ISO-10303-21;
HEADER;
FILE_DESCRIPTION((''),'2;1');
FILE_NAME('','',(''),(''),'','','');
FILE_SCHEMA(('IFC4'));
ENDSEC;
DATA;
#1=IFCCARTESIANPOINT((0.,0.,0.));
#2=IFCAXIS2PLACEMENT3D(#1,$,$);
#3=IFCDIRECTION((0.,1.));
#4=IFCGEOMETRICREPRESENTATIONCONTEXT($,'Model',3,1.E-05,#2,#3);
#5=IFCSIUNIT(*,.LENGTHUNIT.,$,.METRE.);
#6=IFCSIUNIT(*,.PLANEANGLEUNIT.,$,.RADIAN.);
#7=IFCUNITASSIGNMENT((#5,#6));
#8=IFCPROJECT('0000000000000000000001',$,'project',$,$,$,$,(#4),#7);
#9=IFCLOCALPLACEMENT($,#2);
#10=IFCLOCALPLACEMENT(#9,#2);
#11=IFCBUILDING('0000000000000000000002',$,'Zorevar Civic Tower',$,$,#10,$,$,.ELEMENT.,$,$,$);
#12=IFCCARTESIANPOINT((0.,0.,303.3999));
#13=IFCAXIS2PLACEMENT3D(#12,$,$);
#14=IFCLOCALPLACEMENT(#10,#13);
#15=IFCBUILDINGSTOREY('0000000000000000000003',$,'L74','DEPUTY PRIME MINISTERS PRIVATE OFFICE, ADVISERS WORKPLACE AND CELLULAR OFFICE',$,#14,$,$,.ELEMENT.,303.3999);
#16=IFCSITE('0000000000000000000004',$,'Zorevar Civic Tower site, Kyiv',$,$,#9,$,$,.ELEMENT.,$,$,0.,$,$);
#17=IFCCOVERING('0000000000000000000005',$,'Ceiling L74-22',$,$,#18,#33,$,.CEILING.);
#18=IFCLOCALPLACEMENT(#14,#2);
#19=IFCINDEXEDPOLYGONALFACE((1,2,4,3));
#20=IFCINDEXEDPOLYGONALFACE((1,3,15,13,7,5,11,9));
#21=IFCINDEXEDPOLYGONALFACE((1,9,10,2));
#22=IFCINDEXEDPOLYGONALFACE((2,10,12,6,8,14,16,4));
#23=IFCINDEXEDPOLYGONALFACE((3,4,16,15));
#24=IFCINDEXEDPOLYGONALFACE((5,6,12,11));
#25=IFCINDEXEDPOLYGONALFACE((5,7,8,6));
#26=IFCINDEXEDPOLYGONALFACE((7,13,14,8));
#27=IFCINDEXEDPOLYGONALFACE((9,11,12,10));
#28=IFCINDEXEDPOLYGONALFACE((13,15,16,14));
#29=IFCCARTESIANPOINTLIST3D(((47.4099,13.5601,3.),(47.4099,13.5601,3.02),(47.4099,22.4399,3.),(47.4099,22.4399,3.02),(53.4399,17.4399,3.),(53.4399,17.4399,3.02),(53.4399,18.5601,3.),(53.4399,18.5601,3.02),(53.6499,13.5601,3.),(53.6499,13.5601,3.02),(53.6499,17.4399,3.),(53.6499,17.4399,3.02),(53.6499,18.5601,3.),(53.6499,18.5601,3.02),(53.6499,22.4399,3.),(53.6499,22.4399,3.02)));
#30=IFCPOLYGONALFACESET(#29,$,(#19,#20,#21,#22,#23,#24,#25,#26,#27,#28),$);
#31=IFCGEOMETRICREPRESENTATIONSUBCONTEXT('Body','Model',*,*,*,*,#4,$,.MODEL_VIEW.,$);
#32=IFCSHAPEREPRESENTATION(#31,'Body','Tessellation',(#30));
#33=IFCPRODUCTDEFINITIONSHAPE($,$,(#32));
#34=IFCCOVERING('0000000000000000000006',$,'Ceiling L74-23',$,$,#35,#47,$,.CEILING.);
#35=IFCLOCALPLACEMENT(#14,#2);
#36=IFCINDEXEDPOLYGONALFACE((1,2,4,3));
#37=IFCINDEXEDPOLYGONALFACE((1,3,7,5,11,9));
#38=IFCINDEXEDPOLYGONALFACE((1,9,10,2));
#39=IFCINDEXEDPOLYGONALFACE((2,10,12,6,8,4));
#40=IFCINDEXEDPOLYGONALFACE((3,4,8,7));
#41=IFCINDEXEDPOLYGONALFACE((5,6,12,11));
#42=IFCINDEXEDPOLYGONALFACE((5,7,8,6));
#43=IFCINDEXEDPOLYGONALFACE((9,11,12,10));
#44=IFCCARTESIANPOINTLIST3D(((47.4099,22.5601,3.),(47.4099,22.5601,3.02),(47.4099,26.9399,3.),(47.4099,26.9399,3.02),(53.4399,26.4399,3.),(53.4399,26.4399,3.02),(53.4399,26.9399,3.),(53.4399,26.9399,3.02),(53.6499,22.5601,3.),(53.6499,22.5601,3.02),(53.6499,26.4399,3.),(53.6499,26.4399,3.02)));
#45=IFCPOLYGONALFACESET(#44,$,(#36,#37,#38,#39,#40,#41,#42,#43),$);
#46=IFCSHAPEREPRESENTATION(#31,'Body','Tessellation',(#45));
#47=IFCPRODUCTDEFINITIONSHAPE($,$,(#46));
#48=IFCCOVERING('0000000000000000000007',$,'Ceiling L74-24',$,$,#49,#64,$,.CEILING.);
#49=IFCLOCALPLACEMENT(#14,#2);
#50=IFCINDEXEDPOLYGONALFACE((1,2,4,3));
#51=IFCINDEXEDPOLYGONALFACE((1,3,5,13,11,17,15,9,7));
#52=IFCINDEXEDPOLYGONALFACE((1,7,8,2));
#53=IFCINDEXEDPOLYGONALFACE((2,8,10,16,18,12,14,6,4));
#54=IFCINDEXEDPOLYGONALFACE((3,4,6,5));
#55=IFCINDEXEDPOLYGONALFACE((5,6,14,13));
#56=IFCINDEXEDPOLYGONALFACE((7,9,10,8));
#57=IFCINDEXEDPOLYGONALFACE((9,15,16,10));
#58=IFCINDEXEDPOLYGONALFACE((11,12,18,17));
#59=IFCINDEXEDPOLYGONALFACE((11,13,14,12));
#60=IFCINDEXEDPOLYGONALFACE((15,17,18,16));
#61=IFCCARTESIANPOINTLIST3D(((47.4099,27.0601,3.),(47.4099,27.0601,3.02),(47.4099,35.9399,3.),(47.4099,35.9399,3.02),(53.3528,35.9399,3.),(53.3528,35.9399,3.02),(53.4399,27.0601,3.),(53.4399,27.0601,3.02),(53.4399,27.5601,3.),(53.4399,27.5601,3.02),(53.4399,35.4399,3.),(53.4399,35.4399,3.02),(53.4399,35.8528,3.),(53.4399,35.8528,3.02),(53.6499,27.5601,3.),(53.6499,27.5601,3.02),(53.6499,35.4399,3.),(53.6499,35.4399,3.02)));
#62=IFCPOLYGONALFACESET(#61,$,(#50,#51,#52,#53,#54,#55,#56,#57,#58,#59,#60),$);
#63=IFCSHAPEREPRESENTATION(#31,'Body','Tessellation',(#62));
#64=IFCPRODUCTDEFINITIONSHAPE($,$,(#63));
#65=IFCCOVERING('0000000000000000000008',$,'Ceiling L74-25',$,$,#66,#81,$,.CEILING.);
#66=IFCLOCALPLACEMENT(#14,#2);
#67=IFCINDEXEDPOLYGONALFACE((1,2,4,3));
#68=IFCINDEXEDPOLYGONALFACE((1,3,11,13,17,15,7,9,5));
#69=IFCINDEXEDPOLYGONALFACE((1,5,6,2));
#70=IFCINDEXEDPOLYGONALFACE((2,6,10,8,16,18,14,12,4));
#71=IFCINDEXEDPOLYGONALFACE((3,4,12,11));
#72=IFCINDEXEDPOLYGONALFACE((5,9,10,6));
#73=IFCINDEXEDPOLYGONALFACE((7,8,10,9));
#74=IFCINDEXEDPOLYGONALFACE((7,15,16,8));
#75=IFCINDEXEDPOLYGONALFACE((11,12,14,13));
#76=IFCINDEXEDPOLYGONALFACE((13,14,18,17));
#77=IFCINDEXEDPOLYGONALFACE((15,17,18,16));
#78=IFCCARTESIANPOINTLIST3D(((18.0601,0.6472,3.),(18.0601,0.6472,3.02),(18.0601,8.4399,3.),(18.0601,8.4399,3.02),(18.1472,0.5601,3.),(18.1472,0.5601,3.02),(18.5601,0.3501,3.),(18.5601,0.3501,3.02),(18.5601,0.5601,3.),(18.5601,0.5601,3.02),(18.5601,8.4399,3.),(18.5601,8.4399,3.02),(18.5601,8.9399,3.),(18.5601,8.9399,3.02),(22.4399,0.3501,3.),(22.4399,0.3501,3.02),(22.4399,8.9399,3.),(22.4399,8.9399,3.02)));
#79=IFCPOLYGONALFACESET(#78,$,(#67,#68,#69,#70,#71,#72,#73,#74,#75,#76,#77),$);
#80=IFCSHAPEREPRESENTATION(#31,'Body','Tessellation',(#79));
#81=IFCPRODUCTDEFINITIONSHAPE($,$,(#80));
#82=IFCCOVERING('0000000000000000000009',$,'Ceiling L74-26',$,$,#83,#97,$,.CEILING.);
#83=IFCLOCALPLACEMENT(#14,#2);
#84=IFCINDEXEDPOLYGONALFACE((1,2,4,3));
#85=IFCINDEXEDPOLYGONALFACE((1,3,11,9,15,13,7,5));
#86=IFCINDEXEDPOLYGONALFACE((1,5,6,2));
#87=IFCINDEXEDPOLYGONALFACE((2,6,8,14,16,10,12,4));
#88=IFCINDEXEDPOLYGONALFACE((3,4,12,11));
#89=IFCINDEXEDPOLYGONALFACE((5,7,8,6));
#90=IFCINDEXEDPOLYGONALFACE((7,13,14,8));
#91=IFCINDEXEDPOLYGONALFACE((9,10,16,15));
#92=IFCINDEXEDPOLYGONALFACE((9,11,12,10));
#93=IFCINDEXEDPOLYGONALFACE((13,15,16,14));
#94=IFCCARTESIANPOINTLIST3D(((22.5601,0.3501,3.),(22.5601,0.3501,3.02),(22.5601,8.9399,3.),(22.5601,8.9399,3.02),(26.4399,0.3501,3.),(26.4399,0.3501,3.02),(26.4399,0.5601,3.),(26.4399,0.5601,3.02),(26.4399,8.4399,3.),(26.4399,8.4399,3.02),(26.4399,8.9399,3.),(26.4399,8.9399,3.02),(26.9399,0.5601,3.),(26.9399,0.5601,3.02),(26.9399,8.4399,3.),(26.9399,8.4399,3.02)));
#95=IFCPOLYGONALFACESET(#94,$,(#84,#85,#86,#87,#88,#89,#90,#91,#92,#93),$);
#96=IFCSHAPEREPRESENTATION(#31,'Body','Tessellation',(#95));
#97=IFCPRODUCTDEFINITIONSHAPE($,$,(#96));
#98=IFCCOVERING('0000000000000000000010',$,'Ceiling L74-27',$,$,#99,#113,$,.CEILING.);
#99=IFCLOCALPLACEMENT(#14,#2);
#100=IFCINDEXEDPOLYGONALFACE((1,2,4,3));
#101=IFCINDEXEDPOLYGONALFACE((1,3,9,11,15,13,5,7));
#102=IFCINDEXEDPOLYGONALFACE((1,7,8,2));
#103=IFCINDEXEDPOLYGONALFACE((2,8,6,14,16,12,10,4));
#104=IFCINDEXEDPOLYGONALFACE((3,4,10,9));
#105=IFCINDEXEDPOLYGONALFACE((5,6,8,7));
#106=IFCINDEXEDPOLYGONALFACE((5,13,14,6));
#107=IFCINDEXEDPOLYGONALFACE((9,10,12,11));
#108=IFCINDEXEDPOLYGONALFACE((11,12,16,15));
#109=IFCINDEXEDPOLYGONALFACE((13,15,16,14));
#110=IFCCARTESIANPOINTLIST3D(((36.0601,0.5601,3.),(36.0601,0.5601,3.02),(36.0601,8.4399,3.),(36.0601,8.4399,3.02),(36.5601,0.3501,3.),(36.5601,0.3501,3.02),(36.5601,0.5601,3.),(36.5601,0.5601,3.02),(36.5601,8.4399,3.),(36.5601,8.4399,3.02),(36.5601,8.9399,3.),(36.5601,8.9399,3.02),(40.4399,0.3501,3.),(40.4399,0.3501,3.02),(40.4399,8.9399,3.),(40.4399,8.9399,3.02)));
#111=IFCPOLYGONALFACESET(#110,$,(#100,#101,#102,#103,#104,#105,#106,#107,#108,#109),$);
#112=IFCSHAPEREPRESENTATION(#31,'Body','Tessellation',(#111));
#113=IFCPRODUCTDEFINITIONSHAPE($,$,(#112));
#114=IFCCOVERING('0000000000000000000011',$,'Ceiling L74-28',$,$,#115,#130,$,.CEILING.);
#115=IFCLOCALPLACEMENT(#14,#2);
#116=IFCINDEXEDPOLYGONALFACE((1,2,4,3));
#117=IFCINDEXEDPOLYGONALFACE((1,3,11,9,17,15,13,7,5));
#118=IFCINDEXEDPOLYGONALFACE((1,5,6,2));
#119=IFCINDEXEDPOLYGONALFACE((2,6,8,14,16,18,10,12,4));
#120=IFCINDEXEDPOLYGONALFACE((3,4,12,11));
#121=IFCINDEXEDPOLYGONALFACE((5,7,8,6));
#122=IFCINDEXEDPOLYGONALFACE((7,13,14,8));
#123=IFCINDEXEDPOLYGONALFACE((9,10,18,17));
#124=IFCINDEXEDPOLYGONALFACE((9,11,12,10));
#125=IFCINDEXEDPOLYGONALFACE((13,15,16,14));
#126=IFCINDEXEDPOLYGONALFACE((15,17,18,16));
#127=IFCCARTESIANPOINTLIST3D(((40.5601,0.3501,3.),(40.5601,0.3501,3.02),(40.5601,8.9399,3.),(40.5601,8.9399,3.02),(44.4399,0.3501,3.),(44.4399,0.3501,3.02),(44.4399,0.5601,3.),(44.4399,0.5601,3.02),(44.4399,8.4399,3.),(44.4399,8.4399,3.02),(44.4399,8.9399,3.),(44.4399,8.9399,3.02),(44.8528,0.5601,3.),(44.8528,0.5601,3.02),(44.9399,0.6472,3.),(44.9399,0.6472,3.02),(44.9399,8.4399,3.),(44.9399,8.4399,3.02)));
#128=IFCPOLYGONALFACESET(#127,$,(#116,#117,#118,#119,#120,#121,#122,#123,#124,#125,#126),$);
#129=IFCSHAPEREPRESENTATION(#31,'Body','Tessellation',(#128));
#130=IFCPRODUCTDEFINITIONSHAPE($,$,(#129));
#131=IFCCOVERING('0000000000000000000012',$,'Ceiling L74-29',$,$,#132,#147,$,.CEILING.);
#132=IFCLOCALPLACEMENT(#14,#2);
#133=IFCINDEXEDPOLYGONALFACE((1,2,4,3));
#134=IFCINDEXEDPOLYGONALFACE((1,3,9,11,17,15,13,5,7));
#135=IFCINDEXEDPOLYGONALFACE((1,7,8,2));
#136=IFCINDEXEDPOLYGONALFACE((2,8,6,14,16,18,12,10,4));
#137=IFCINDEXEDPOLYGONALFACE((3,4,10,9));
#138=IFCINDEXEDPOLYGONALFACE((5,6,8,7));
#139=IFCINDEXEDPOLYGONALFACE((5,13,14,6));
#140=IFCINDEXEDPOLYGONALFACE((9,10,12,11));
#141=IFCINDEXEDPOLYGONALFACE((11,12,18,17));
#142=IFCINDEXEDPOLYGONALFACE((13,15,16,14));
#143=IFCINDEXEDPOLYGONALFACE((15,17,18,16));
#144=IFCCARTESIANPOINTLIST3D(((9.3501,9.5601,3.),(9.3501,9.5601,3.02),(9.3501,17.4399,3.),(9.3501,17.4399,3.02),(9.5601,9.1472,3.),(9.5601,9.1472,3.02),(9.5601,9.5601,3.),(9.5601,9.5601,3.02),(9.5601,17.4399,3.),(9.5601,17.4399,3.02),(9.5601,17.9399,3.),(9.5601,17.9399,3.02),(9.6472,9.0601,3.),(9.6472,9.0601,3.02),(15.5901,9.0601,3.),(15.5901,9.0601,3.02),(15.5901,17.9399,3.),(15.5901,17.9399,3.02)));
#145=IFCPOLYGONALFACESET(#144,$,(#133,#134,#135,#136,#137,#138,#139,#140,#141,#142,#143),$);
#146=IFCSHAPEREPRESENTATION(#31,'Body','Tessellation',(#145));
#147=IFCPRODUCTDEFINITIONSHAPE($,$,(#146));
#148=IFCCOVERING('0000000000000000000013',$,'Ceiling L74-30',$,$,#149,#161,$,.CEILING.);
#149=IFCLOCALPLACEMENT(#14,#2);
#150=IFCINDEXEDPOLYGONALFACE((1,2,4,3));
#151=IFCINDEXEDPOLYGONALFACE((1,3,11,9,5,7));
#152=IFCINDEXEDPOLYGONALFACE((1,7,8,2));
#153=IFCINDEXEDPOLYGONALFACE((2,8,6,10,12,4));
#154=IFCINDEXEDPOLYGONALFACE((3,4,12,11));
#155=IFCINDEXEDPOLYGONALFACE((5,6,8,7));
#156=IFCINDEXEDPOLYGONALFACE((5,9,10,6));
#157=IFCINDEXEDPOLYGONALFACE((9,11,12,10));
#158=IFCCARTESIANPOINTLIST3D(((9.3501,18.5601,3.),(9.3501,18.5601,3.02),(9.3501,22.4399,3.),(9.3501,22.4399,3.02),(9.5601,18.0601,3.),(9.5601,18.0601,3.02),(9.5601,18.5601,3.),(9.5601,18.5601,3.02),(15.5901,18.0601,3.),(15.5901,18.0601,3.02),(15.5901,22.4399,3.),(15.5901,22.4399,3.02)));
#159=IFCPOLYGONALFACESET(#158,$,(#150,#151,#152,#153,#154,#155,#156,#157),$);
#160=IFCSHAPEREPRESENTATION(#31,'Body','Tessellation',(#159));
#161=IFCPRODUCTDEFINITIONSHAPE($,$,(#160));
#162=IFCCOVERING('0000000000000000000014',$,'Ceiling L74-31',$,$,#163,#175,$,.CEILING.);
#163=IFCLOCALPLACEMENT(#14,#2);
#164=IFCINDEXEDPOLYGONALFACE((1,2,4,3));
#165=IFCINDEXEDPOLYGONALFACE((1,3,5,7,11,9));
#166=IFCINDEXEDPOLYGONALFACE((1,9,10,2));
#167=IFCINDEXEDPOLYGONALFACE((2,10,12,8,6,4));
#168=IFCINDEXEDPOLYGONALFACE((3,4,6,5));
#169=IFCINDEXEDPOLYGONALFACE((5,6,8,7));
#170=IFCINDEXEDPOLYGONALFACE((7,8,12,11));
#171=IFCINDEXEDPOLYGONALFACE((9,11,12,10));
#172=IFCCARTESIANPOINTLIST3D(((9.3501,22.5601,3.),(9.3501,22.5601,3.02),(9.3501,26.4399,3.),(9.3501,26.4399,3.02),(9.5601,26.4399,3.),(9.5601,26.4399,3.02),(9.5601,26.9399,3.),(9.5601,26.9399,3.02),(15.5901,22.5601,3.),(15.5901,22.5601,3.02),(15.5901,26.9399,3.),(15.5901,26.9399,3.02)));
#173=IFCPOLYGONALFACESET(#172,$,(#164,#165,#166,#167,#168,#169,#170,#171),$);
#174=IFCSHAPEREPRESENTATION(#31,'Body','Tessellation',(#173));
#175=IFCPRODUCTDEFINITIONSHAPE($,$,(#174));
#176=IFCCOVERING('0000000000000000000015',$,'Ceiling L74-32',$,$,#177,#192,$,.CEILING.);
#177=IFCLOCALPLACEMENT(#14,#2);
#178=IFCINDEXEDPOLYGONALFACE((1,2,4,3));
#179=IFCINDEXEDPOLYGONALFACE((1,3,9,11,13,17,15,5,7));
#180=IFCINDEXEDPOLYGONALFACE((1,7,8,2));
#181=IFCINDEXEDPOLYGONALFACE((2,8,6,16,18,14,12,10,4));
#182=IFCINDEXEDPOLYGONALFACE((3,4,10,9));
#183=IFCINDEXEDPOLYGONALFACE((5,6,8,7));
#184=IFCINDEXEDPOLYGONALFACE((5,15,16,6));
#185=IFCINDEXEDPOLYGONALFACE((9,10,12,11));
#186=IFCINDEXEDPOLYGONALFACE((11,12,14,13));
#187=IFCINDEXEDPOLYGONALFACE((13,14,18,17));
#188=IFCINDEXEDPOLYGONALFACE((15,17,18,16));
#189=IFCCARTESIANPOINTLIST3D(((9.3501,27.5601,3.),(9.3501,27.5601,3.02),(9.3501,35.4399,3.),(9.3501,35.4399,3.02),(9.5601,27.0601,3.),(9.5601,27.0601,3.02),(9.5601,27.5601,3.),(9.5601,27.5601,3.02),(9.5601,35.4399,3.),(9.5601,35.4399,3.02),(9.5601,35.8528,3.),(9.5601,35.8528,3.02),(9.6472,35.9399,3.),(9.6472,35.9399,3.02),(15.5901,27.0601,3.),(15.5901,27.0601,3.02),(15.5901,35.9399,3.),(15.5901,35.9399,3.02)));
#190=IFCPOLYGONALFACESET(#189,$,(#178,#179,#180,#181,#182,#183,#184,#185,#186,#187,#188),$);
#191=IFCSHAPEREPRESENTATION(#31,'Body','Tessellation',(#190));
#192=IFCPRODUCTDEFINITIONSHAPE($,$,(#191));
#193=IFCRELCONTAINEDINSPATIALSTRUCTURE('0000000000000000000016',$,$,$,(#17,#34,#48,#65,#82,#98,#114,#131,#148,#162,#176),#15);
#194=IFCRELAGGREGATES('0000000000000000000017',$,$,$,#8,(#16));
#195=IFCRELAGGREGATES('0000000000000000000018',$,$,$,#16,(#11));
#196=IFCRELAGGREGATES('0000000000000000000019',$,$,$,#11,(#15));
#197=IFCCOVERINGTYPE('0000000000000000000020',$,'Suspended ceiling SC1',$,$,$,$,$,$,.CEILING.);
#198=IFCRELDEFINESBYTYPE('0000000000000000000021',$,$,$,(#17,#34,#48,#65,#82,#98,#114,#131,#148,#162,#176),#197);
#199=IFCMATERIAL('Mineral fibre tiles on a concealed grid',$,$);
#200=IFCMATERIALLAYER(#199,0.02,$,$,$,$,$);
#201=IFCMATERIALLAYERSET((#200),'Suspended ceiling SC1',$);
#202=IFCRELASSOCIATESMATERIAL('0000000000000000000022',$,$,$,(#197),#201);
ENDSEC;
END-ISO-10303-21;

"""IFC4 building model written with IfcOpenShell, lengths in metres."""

from ifc_helpers import new_model, si_unit, direction, frame, origin, place, context, subcontext, project, spatial, polyline, outline, extrude, material, layer, layer_set, type_object, element, save


model = new_model("IFC4")

# Units and contexts
model_context = context("Model", 3, precision=1e-05, world=origin(), true_north=direction((0.0, 1.0)))
body_context = subcontext(model_context, "Body", "Model", "MODEL_VIEW")
ifc_project = project(units=[si_unit("LENGTHUNIT", "METRE"), si_unit("PLANEANGLEUNIT", "RADIAN")], contexts=[model_context])

# Site, building, storey
site_placement = place(None, origin())
site = spatial("IfcSite", under=ifc_project, at=site_placement, Name="Zorevar Civic Tower site, Kyiv", CompositionType="ELEMENT", RefElevation=0.0)
building_placement = place(site_placement, origin())
building = spatial("IfcBuilding", under=site, at=building_placement, Name="Zorevar Civic Tower", CompositionType="ELEMENT")
storey_placement = place(building_placement, frame((0.0, 0.0, 303.3999)))
storey = spatial("IfcBuildingStorey", under=building, at=storey_placement, Name="L74", Description="DEPUTY PRIME MINISTERS PRIVATE OFFICE, ADVISERS WORKPLACE AND CELLULAR OFFICE", CompositionType="ELEMENT", Elevation=303.3999)

# Coverings
ifc_material_1 = material(Name="Mineral fibre tiles on a concealed grid")
ifc_layer_1 = layer(ifc_material_1, 0.02)
ifc_layer_set_1 = layer_set([ifc_layer_1], Name="Suspended ceiling SC1")
covering_type_1 = type_object("IfcCoveringType", Name="Suspended ceiling SC1", PredefinedType="CEILING", material=ifc_layer_set_1)
covering_1_placement = place(storey_placement, frame((0.0, 0.0, 3.0)))
element("IfcCovering", 1, at=covering_1_placement, inside=storey, type_object=covering_type_1, Name="Ceiling L74-22", PredefinedType="CEILING", context=body_context, shape_type="SweptSolid", body=[
    extrude(outline(polyline([(47.4099, 22.4399), (53.6499, 22.4399), (53.6499, 18.5601), (53.4399, 18.5601), (53.4399, 17.4399), (53.6499, 17.4399), (53.6499, 13.5601), (47.4099, 13.5601), (47.4099, 22.4399)])), origin(), (0.0, 0.0, 1.0), 0.02),
])
covering_2_placement = place(storey_placement, frame((0.0, 0.0, 3.0)))
element("IfcCovering", 2, at=covering_2_placement, inside=storey, type_object=covering_type_1, Name="Ceiling L74-23", PredefinedType="CEILING", context=body_context, shape_type="SweptSolid", body=[
    extrude(outline(polyline([(47.4099, 26.9399), (53.4399, 26.9399), (53.4399, 26.4399), (53.6499, 26.4399), (53.6499, 22.5601), (47.4099, 22.5601), (47.4099, 26.9399)])), origin(), (0.0, 0.0, 1.0), 0.02),
])
covering_3_placement = place(storey_placement, frame((0.0, 0.0, 3.0)))
element("IfcCovering", 3, at=covering_3_placement, inside=storey, type_object=covering_type_1, Name="Ceiling L74-24", PredefinedType="CEILING", context=body_context, shape_type="SweptSolid", body=[
    extrude(outline(polyline([(53.4399, 27.5601), (53.4399, 27.0601), (47.4099, 27.0601), (47.4099, 35.9399), (53.3528, 35.9399), (53.4399, 35.8528), (53.4399, 35.4399), (53.6499, 35.4399), (53.6499, 27.5601), (53.4399, 27.5601)])), origin(), (0.0, 0.0, 1.0), 0.02),
])
covering_4_placement = place(storey_placement, frame((0.0, 0.0, 3.0)))
element("IfcCovering", 4, at=covering_4_placement, inside=storey, type_object=covering_type_1, Name="Ceiling L74-25", PredefinedType="CEILING", context=body_context, shape_type="SweptSolid", body=[
    extrude(outline(polyline([(18.5601, 0.5601), (18.1472, 0.5601), (18.0601, 0.6472), (18.0601, 8.4399), (18.5601, 8.4399), (18.5601, 8.9399), (22.4399, 8.9399), (22.4399, 0.3501), (18.5601, 0.3501), (18.5601, 0.5601)])), origin(), (0.0, 0.0, 1.0), 0.02),
])
covering_5_placement = place(storey_placement, frame((0.0, 0.0, 3.0)))
element("IfcCovering", 5, at=covering_5_placement, inside=storey, type_object=covering_type_1, Name="Ceiling L74-26", PredefinedType="CEILING", context=body_context, shape_type="SweptSolid", body=[
    extrude(outline(polyline([(26.9399, 0.5601), (26.4399, 0.5601), (26.4399, 0.3501), (22.5601, 0.3501), (22.5601, 8.9399), (26.4399, 8.9399), (26.4399, 8.4399), (26.9399, 8.4399), (26.9399, 0.5601)])), origin(), (0.0, 0.0, 1.0), 0.02),
])
covering_6_placement = place(storey_placement, frame((0.0, 0.0, 3.0)))
element("IfcCovering", 6, at=covering_6_placement, inside=storey, type_object=covering_type_1, Name="Ceiling L74-27", PredefinedType="CEILING", context=body_context, shape_type="SweptSolid", body=[
    extrude(outline(polyline([(36.5601, 0.3501), (36.5601, 0.5601), (36.0601, 0.5601), (36.0601, 8.4399), (36.5601, 8.4399), (36.5601, 8.9399), (40.4399, 8.9399), (40.4399, 0.3501), (36.5601, 0.3501)])), origin(), (0.0, 0.0, 1.0), 0.02),
])
covering_7_placement = place(storey_placement, frame((0.0, 0.0, 3.0)))
element("IfcCovering", 7, at=covering_7_placement, inside=storey, type_object=covering_type_1, Name="Ceiling L74-28", PredefinedType="CEILING", context=body_context, shape_type="SweptSolid", body=[
    extrude(outline(polyline([(44.4399, 0.5601), (44.4399, 0.3501), (40.5601, 0.3501), (40.5601, 8.9399), (44.4399, 8.9399), (44.4399, 8.4399), (44.9399, 8.4399), (44.9399, 0.6472), (44.8528, 0.5601), (44.4399, 0.5601)])), origin(), (0.0, 0.0, 1.0), 0.02),
])
covering_8_placement = place(storey_placement, frame((0.0, 0.0, 3.0)))
element("IfcCovering", 8, at=covering_8_placement, inside=storey, type_object=covering_type_1, Name="Ceiling L74-29", PredefinedType="CEILING", context=body_context, shape_type="SweptSolid", body=[
    extrude(outline(polyline([(9.3501, 9.5601), (9.3501, 17.4399), (9.5601, 17.4399), (9.5601, 17.9399), (15.5901, 17.9399), (15.5901, 9.0601), (9.6472, 9.0601), (9.5601, 9.1472), (9.5601, 9.5601), (9.3501, 9.5601)])), origin(), (0.0, 0.0, 1.0), 0.02),
])
covering_9_placement = place(storey_placement, frame((0.0, 0.0, 3.0)))
element("IfcCovering", 9, at=covering_9_placement, inside=storey, type_object=covering_type_1, Name="Ceiling L74-30", PredefinedType="CEILING", context=body_context, shape_type="SweptSolid", body=[
    extrude(outline(polyline([(15.5901, 18.0601), (9.5601, 18.0601), (9.5601, 18.5601), (9.3501, 18.5601), (9.3501, 22.4399), (15.5901, 22.4399), (15.5901, 18.0601)])), origin(), (0.0, 0.0, 1.0), 0.02),
])
covering_10_placement = place(storey_placement, frame((0.0, 0.0, 3.0)))
element("IfcCovering", 10, at=covering_10_placement, inside=storey, type_object=covering_type_1, Name="Ceiling L74-31", PredefinedType="CEILING", context=body_context, shape_type="SweptSolid", body=[
    extrude(outline(polyline([(15.5901, 22.5601), (9.3501, 22.5601), (9.3501, 26.4399), (9.5601, 26.4399), (9.5601, 26.9399), (15.5901, 26.9399), (15.5901, 22.5601)])), origin(), (0.0, 0.0, 1.0), 0.02),
])
covering_11_placement = place(storey_placement, frame((0.0, 0.0, 3.0)))
element("IfcCovering", 11, at=covering_11_placement, inside=storey, type_object=covering_type_1, Name="Ceiling L74-32", PredefinedType="CEILING", context=body_context, shape_type="SweptSolid", body=[
    extrude(outline(polyline([(9.3501, 27.5601), (9.3501, 35.4399), (9.5601, 35.4399), (9.5601, 35.8528), (9.6472, 35.9399), (15.5901, 35.9399), (15.5901, 27.0601), (9.5601, 27.0601), (9.5601, 27.5601), (9.3501, 27.5601)])), origin(), (0.0, 0.0, 1.0), 0.02),
])

save(model, "model.ifc")
